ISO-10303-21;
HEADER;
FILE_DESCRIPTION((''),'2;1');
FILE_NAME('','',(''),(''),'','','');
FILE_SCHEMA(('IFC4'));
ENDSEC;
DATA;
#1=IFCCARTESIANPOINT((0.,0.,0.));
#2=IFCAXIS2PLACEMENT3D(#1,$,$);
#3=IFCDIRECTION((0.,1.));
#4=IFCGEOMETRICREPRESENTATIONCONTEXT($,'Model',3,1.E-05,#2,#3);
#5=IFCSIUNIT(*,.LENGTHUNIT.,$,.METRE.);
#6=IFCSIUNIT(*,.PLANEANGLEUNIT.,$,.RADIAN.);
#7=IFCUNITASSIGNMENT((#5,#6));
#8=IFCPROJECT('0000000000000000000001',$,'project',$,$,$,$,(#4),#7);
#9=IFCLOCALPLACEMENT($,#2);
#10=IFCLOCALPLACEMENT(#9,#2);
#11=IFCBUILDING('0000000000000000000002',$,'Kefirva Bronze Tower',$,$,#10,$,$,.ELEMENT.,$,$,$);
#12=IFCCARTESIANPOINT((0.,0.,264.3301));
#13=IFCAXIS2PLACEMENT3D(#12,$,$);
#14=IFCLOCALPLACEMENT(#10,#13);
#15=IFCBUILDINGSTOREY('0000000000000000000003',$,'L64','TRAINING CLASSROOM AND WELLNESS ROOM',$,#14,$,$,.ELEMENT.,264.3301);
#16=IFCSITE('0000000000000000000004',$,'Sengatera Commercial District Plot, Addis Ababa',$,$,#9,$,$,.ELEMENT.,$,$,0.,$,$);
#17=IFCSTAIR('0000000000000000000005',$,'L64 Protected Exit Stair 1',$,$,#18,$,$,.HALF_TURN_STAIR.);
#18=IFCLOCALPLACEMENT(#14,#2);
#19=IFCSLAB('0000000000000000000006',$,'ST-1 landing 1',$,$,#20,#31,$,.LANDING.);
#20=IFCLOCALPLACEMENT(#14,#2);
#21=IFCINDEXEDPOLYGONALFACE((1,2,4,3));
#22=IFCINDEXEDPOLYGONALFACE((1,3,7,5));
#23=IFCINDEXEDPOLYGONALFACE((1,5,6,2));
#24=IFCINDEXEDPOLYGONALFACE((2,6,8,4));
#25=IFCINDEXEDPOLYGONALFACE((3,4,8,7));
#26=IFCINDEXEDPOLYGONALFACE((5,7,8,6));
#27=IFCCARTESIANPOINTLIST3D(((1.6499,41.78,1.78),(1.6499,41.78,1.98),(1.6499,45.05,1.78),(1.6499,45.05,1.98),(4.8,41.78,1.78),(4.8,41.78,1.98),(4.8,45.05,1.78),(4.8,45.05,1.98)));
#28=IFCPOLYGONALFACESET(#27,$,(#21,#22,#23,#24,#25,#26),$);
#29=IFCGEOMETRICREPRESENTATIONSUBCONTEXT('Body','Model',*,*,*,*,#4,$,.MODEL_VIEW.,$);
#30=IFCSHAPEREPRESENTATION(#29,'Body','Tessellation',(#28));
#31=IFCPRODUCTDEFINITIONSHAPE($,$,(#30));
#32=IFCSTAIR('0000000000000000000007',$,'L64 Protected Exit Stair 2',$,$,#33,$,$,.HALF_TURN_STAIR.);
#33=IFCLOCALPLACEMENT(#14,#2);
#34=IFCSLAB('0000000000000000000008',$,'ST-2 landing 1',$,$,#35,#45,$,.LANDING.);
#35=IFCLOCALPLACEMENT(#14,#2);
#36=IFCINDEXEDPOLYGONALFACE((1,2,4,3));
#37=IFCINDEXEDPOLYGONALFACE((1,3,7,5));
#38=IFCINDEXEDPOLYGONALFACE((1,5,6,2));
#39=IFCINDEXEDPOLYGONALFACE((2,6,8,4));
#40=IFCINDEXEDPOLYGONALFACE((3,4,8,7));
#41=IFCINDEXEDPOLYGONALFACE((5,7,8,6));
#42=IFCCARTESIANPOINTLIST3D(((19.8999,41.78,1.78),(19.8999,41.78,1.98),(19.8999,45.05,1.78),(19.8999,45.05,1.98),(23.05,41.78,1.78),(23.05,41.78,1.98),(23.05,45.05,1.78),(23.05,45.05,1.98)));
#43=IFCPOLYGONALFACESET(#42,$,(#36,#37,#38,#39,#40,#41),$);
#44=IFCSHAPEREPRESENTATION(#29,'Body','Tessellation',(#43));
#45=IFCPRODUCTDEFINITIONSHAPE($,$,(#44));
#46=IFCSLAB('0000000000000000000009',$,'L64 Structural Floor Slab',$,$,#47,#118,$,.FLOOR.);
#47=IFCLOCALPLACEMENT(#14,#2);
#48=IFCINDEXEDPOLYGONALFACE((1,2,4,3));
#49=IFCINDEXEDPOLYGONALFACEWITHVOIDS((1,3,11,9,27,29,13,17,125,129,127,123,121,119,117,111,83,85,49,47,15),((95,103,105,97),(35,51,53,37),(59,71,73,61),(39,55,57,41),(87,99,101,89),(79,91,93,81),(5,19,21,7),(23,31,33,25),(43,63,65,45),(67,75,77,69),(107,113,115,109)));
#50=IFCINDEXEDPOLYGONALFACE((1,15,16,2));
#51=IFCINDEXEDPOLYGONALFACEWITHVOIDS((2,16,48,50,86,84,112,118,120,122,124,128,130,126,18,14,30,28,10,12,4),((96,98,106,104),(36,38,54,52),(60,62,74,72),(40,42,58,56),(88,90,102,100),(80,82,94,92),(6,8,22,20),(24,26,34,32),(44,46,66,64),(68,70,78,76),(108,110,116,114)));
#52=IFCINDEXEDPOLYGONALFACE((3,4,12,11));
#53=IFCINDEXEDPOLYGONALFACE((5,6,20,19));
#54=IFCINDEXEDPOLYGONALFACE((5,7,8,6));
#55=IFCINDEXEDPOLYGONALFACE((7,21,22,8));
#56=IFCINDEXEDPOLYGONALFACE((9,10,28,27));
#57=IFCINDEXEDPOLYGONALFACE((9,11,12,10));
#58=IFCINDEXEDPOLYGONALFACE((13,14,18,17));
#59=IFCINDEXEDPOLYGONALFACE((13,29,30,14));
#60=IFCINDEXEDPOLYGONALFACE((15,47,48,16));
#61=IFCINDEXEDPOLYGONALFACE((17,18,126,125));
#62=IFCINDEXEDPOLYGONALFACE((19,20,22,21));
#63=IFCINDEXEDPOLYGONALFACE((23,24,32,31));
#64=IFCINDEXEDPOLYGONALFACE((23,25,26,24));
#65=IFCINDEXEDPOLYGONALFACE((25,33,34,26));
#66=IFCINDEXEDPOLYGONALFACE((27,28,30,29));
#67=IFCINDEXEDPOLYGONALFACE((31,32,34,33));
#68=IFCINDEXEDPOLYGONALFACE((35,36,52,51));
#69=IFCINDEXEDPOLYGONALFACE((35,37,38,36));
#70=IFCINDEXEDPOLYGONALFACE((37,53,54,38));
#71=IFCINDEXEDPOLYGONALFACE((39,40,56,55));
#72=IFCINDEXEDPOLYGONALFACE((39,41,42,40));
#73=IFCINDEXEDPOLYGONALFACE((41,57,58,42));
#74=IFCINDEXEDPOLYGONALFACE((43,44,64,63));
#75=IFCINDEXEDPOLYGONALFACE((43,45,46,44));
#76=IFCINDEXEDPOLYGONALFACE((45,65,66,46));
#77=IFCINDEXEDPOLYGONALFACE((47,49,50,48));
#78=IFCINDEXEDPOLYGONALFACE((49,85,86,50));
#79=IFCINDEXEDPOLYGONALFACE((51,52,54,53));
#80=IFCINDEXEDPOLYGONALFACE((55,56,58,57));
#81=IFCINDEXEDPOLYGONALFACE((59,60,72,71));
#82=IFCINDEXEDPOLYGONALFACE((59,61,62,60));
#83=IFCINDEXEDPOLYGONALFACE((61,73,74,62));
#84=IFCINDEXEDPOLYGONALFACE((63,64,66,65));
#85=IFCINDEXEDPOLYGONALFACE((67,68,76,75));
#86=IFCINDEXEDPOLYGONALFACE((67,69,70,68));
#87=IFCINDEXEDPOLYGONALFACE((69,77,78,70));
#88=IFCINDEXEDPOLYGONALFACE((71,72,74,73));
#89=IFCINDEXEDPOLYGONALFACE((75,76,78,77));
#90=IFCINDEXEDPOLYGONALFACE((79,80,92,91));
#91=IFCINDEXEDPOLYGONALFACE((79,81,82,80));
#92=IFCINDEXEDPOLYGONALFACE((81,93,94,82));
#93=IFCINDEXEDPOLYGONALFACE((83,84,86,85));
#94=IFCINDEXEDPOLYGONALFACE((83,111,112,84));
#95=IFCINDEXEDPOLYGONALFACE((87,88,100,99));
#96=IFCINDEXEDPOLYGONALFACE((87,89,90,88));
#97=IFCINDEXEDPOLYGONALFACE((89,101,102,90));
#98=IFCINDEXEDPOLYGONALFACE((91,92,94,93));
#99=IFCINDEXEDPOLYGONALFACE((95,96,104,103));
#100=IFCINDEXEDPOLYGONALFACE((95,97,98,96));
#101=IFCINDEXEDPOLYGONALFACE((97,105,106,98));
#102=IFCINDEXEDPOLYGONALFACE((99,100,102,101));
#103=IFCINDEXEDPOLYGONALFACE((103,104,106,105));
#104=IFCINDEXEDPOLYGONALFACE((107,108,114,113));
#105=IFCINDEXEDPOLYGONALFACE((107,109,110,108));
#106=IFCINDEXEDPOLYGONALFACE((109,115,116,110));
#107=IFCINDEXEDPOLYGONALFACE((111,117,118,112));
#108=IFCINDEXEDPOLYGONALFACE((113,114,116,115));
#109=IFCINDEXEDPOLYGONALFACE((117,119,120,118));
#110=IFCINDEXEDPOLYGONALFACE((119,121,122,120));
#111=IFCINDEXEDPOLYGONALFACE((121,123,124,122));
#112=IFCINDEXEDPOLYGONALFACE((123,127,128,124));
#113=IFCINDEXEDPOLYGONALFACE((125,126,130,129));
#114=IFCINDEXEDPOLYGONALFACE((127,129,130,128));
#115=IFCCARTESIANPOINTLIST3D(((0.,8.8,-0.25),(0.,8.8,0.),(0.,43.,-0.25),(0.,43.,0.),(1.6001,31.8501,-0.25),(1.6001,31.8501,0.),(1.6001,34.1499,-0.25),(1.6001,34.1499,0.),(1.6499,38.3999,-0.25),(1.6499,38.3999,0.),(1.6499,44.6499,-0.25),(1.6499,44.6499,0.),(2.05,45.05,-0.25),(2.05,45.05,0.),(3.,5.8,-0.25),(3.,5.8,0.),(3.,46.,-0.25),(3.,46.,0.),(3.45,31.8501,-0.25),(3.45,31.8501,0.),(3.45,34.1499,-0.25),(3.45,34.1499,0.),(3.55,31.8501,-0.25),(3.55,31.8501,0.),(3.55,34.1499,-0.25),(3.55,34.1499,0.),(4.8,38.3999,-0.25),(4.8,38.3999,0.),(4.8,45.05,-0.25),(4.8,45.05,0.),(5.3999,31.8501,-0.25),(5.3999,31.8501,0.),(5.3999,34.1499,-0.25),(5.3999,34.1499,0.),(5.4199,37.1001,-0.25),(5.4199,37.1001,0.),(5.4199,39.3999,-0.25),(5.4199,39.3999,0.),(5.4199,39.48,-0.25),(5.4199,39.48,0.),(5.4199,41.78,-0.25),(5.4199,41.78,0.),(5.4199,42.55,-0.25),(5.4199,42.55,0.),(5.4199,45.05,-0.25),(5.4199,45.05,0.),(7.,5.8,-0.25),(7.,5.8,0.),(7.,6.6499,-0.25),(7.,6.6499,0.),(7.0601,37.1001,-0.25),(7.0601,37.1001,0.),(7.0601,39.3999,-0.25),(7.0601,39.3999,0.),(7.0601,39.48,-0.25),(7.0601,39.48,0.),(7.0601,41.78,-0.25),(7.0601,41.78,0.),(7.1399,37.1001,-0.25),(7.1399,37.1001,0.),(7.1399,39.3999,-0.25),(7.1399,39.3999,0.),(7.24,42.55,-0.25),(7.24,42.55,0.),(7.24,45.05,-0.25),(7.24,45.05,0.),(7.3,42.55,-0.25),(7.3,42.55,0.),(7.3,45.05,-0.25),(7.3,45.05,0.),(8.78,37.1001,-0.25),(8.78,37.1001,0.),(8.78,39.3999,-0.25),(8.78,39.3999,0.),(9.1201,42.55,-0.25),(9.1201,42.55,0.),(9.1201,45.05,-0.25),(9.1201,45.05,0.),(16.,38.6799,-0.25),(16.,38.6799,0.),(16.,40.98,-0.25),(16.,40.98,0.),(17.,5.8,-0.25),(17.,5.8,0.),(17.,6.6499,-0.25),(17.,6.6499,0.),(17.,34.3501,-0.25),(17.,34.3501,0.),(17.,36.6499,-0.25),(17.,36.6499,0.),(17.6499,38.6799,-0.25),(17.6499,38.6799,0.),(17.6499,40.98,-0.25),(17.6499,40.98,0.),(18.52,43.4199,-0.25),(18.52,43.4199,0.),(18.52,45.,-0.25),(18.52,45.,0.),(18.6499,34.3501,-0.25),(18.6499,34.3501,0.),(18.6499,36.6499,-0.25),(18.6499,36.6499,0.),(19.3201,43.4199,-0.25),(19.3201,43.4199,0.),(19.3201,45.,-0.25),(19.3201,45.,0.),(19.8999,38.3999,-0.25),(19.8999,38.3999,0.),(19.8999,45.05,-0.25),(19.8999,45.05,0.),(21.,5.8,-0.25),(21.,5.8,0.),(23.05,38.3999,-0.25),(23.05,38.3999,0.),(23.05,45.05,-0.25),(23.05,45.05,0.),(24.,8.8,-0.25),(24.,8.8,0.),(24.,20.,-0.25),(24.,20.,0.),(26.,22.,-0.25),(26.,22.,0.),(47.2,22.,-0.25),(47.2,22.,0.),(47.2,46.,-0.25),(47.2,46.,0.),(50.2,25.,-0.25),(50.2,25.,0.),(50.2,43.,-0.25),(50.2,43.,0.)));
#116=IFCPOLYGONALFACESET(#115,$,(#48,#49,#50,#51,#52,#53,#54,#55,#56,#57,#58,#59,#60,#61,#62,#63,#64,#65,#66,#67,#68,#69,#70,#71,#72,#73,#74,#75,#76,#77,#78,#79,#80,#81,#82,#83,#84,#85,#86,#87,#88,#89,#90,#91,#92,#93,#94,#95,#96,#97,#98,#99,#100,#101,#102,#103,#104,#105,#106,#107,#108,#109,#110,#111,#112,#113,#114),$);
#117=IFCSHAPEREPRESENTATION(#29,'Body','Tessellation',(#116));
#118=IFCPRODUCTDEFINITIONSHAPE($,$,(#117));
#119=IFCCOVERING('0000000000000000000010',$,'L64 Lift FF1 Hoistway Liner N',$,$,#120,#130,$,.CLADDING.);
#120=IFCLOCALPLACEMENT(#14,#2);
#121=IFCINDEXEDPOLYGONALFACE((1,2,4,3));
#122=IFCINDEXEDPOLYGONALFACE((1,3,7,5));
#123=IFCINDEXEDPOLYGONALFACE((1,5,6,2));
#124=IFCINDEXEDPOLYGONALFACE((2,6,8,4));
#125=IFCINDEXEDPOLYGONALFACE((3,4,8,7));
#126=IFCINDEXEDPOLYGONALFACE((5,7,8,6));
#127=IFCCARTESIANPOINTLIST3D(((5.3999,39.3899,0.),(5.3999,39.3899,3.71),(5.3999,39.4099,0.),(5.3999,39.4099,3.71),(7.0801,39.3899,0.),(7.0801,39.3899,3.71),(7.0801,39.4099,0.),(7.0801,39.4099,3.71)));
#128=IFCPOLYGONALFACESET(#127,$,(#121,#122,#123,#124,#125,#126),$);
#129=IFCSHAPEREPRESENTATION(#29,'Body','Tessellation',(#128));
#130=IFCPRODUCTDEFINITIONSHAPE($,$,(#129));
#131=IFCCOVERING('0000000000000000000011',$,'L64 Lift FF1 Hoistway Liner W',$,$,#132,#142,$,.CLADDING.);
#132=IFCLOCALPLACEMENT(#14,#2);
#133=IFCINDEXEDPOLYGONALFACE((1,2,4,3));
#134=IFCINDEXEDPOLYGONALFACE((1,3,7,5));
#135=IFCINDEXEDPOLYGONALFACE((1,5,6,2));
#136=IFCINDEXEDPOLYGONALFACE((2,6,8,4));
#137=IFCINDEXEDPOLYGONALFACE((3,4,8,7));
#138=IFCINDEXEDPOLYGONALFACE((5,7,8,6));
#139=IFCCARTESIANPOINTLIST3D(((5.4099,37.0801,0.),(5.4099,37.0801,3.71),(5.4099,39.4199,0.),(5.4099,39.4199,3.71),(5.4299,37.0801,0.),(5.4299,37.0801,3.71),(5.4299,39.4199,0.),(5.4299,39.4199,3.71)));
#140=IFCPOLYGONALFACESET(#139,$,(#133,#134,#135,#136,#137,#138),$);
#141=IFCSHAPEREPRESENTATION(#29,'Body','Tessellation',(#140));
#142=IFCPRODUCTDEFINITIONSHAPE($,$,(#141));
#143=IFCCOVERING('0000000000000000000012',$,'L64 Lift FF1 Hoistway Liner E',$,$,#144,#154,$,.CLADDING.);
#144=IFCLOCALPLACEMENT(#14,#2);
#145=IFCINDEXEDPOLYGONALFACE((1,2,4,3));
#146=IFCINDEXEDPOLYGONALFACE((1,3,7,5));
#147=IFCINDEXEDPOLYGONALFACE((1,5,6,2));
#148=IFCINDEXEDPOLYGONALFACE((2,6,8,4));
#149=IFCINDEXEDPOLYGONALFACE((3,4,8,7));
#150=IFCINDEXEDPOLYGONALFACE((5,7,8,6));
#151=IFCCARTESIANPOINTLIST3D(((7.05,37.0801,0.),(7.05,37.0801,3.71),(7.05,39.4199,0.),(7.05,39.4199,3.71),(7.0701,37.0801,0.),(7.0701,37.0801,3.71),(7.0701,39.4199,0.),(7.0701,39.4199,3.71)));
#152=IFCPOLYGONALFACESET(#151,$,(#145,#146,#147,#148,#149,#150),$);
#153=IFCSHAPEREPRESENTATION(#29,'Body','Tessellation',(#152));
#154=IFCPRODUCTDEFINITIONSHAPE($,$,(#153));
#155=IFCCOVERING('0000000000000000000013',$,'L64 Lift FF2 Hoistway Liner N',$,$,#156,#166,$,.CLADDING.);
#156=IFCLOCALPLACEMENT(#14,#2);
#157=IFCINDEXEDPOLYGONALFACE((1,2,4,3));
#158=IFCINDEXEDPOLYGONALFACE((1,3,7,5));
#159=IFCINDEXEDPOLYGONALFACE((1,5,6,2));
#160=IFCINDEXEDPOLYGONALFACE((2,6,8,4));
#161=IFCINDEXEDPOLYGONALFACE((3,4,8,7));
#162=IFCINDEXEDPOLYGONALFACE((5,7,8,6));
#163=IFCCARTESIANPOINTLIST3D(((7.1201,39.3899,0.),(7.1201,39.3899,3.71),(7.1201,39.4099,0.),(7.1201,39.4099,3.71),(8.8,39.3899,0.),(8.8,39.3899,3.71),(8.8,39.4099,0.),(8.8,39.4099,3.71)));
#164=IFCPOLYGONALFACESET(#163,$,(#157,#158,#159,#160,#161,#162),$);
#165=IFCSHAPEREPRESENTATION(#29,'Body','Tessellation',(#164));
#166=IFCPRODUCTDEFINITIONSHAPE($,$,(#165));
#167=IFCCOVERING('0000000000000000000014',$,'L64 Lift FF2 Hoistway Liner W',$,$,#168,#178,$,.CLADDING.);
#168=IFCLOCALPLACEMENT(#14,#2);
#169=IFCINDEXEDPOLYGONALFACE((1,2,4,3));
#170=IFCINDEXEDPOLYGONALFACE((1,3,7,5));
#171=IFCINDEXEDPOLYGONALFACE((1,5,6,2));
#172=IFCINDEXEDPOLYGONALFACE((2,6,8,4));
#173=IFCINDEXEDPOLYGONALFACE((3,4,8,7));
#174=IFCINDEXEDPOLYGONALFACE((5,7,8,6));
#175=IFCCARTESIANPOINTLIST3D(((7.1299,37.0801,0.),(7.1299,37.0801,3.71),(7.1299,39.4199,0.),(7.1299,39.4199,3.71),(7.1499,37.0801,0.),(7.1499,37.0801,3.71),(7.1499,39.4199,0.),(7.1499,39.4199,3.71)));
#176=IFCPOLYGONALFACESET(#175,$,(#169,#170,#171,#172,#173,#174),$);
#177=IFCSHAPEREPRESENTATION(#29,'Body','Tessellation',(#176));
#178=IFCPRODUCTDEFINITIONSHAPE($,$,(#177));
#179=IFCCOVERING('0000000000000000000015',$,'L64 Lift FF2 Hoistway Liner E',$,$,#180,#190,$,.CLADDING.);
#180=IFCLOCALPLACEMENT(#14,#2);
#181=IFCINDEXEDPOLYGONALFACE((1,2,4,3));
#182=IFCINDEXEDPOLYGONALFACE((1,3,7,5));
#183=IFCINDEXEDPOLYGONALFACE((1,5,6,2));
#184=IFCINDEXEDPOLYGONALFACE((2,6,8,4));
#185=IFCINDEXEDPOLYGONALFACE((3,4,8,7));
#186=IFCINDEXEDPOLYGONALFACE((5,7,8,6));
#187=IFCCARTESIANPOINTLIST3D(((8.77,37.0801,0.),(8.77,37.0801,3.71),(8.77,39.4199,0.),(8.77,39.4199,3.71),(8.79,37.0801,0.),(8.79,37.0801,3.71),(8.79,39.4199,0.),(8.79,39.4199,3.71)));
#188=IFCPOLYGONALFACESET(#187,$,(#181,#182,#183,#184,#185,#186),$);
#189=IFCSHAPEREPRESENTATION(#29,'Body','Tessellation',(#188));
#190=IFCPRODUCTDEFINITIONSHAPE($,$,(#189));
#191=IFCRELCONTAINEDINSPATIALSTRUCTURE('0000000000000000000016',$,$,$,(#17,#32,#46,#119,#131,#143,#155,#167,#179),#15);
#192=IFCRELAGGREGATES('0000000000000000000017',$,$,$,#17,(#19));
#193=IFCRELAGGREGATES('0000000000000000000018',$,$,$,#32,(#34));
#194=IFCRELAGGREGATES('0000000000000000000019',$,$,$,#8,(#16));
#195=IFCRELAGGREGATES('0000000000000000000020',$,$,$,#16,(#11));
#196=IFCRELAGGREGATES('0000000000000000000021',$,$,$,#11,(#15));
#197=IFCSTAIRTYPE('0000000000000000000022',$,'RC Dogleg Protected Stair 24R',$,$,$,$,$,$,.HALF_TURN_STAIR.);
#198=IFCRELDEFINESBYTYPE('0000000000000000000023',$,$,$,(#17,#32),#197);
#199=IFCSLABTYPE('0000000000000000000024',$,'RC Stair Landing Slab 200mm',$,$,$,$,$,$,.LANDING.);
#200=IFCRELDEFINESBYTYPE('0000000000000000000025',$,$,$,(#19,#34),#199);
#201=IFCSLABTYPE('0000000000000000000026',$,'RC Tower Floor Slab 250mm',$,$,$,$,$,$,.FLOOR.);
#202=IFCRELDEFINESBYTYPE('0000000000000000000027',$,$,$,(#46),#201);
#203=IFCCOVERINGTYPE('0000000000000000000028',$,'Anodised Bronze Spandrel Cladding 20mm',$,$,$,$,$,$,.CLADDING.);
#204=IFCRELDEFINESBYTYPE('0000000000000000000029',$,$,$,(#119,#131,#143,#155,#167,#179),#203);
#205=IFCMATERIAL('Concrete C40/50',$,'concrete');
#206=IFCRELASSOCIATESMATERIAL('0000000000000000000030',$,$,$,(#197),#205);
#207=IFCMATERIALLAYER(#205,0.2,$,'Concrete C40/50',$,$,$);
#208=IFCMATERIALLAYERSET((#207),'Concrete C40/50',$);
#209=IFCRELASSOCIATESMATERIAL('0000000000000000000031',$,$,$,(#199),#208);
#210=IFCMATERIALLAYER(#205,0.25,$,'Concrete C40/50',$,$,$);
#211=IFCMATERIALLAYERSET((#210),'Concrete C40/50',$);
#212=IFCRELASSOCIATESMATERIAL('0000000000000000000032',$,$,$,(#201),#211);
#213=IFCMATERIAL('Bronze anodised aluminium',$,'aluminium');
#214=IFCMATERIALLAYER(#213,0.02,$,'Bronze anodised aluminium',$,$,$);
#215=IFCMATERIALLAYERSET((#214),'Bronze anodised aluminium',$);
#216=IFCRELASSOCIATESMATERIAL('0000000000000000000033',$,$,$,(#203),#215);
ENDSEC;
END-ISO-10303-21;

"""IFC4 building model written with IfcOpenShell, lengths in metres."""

from ifc_helpers import new_model, si_unit, direction, frame, origin, place, context, subcontext, project, spatial, polyline, outline, extrude, material, layer, layer_set, type_object, element, aggregate, save


model = new_model("IFC4")

# Units and contexts
model_context = context("Model", 3, precision=1e-05, world=origin(), true_north=direction((0.0, 1.0)))
body_context = subcontext(model_context, "Body", "Model", "MODEL_VIEW")
ifc_project = project(units=[si_unit("LENGTHUNIT", "METRE"), si_unit("PLANEANGLEUNIT", "RADIAN")], contexts=[model_context])

# Site, building, storey
site_placement = place(None, origin())
site = spatial("IfcSite", under=ifc_project, at=site_placement, Name="Sengatera Commercial District Plot, Addis Ababa", CompositionType="ELEMENT", RefElevation=0.0)
building_placement = place(site_placement, origin())
building = spatial("IfcBuilding", under=site, at=building_placement, Name="Kefirva Bronze Tower", CompositionType="ELEMENT")
storey_placement = place(building_placement, frame((0.0, 0.0, 264.3301)))
storey = spatial("IfcBuildingStorey", under=building, at=storey_placement, Name="L64", Description="TRAINING CLASSROOM AND WELLNESS ROOM", CompositionType="ELEMENT", Elevation=264.3301)

# Stairs, slabs
ifc_material_1 = material(Name="Concrete C40/50", Category="concrete")
stair_type = type_object("IfcStairType", Name="RC Dogleg Protected Stair 24R", PredefinedType="HALF_TURN_STAIR", material=ifc_material_1)
stair_1_placement = place(storey_placement, origin())
stair_1 = element("IfcStair", 1, at=stair_1_placement, inside=storey, type_object=stair_type, Name="L64 Protected Exit Stair 1", PredefinedType="HALF_TURN_STAIR")
ifc_layer_1 = layer(ifc_material_1, 0.2, Name="Concrete C40/50")
ifc_layer_set_1 = layer_set([ifc_layer_1], Name="Concrete C40/50")
slab_type_1 = type_object("IfcSlabType", Name="RC Stair Landing Slab 200mm", PredefinedType="LANDING", material=ifc_layer_set_1)
slab_1_placement = place(storey_placement, frame((0.0, 0.0, 1.78)))
slab_1 = element("IfcSlab", 2, at=slab_1_placement, type_object=slab_type_1, Name="ST-1 landing 1", PredefinedType="LANDING", context=body_context, shape_type="SweptSolid", body=[
    extrude(outline(polyline([(4.8, 41.78), (4.8, 45.05), (1.6499, 45.05), (1.6499, 41.78), (4.8, 41.78)])), origin(), (0.0, 0.0, 1.0), 0.2),
])
aggregate(stair_1, [slab_1])
stair_2_placement = place(storey_placement, origin())
stair_2 = element("IfcStair", 3, at=stair_2_placement, inside=storey, type_object=stair_type, Name="L64 Protected Exit Stair 2", PredefinedType="HALF_TURN_STAIR")
slab_2_placement = place(storey_placement, frame((0.0, 0.0, 1.78)))
slab_2 = element("IfcSlab", 4, at=slab_2_placement, type_object=slab_type_1, Name="ST-2 landing 1", PredefinedType="LANDING", context=body_context, shape_type="SweptSolid", body=[
    extrude(outline(polyline([(23.05, 41.78), (23.05, 45.05), (19.8999, 45.05), (19.8999, 41.78), (23.05, 41.78)])), origin(), (0.0, 0.0, 1.0), 0.2),
])
aggregate(stair_2, [slab_2])

# Slab
ifc_layer_2 = layer(ifc_material_1, 0.25, Name="Concrete C40/50")
ifc_layer_set_2 = layer_set([ifc_layer_2], Name="Concrete C40/50")
slab_type_2 = type_object("IfcSlabType", Name="RC Tower Floor Slab 250mm", PredefinedType="FLOOR", material=ifc_layer_set_2)
slab_3_placement = place(storey_placement, frame((0.0, 0.0, -0.25)))
element("IfcSlab", 5, at=slab_3_placement, inside=storey, type_object=slab_type_2, Name="L64 Structural Floor Slab", PredefinedType="FLOOR", context=body_context, shape_type="SweptSolid", body=[
    extrude(outline(polyline([(0.0, 8.8), (0.0, 43.0), (1.6499, 44.6499), (1.6499, 38.3999), (4.8, 38.3999), (4.8, 45.05), (2.05, 45.05), (3.0, 46.0), (47.2, 46.0), (50.2, 43.0), (50.2, 25.0), (47.2, 22.0), (26.0, 22.0), (24.0, 20.0), (24.0, 8.8), (21.0, 5.8), (17.0, 5.8), (17.0, 6.6499), (7.0, 6.6499), (7.0, 5.8), (3.0, 5.8), (0.0, 8.8)]), holes=[polyline([(23.05, 45.05), (19.8999, 45.05), (19.8999, 38.3999), (23.05, 38.3999), (23.05, 45.05)]), polyline([(19.3201, 43.4199), (19.3201, 45.0), (18.52, 45.0), (18.52, 43.4199), (19.3201, 43.4199)]), polyline([(18.6499, 36.6499), (17.0, 36.6499), (17.0, 34.3501), (18.6499, 34.3501), (18.6499, 36.6499)]), polyline([(17.6499, 38.6799), (17.6499, 40.98), (16.0, 40.98), (16.0, 38.6799), (17.6499, 38.6799)]), polyline([(9.1201, 42.55), (9.1201, 45.05), (7.3, 45.05), (7.3, 42.55), (9.1201, 42.55)]), polyline([(8.78, 37.1001), (8.78, 39.3999), (7.1399, 39.3999), (7.1399, 37.1001), (8.78, 37.1001)]), polyline([(7.24, 42.55), (7.24, 45.05), (5.4199, 45.05), (5.4199, 42.55), (7.24, 42.55)]), polyline([(7.0601, 37.1001), (7.0601, 39.3999), (5.4199, 39.3999), (5.4199, 37.1001), (7.0601, 37.1001)]), polyline([(7.0601, 41.78), (5.4199, 41.78), (5.4199, 39.48), (7.0601, 39.48), (7.0601, 41.78)]), polyline([(5.3999, 31.8501), (5.3999, 34.1499), (3.55, 34.1499), (3.55, 31.8501), (5.3999, 31.8501)]), polyline([(3.45, 34.1499), (1.6001, 34.1499), (1.6001, 31.8501), (3.45, 31.8501), (3.45, 34.1499)])]), origin(), (0.0, 0.0, 1.0), 0.25),
])

# Coverings
ifc_material_2 = material(Name="Bronze anodised aluminium", Category="aluminium")
ifc_layer_3 = layer(ifc_material_2, 0.02, Name="Bronze anodised aluminium")
ifc_layer_set_3 = layer_set([ifc_layer_3], Name="Bronze anodised aluminium")
covering_type = type_object("IfcCoveringType", Name="Anodised Bronze Spandrel Cladding 20mm", PredefinedType="CLADDING", material=ifc_layer_set_3)
covering_1_placement = place(storey_placement, origin())
element("IfcCovering", 6, at=covering_1_placement, inside=storey, type_object=covering_type, Name="L64 Lift FF1 Hoistway Liner N", PredefinedType="CLADDING", context=body_context, shape_type="SweptSolid", body=[
    extrude(outline(polyline([(5.3999, 39.3899), (7.0801, 39.3899), (7.0801, 39.4099), (5.3999, 39.4099), (5.3999, 39.3899)])), origin(), (0.0, 0.0, 1.0), 3.71),
])
covering_2_placement = place(storey_placement, origin())
element("IfcCovering", 7, at=covering_2_placement, inside=storey, type_object=covering_type, Name="L64 Lift FF1 Hoistway Liner W", PredefinedType="CLADDING", context=body_context, shape_type="SweptSolid", body=[
    extrude(outline(polyline([(5.4099, 37.0801), (5.4299, 37.0801), (5.4299, 39.4199), (5.4099, 39.4199), (5.4099, 37.0801)])), origin(), (0.0, 0.0, 1.0), 3.71),
])
covering_3_placement = place(storey_placement, origin())
element("IfcCovering", 8, at=covering_3_placement, inside=storey, type_object=covering_type, Name="L64 Lift FF1 Hoistway Liner E", PredefinedType="CLADDING", context=body_context, shape_type="SweptSolid", body=[
    extrude(outline(polyline([(7.05, 37.0801), (7.0701, 37.0801), (7.0701, 39.4199), (7.05, 39.4199), (7.05, 37.0801)])), origin(), (0.0, 0.0, 1.0), 3.71),
])
covering_4_placement = place(storey_placement, origin())
element("IfcCovering", 9, at=covering_4_placement, inside=storey, type_object=covering_type, Name="L64 Lift FF2 Hoistway Liner N", PredefinedType="CLADDING", context=body_context, shape_type="SweptSolid", body=[
    extrude(outline(polyline([(7.1201, 39.3899), (8.8, 39.3899), (8.8, 39.4099), (7.1201, 39.4099), (7.1201, 39.3899)])), origin(), (0.0, 0.0, 1.0), 3.71),
])
covering_5_placement = place(storey_placement, origin())
element("IfcCovering", 10, at=covering_5_placement, inside=storey, type_object=covering_type, Name="L64 Lift FF2 Hoistway Liner W", PredefinedType="CLADDING", context=body_context, shape_type="SweptSolid", body=[
    extrude(outline(polyline([(7.1299, 37.0801), (7.1499, 37.0801), (7.1499, 39.4199), (7.1299, 39.4199), (7.1299, 37.0801)])), origin(), (0.0, 0.0, 1.0), 3.71),
])
covering_6_placement = place(storey_placement, origin())
element("IfcCovering", 11, at=covering_6_placement, inside=storey, type_object=covering_type, Name="L64 Lift FF2 Hoistway Liner E", PredefinedType="CLADDING", context=body_context, shape_type="SweptSolid", body=[
    extrude(outline(polyline([(8.77, 37.0801), (8.79, 37.0801), (8.79, 39.4199), (8.77, 39.4199), (8.77, 37.0801)])), origin(), (0.0, 0.0, 1.0), 3.71),
])

save(model, "model.ifc")
